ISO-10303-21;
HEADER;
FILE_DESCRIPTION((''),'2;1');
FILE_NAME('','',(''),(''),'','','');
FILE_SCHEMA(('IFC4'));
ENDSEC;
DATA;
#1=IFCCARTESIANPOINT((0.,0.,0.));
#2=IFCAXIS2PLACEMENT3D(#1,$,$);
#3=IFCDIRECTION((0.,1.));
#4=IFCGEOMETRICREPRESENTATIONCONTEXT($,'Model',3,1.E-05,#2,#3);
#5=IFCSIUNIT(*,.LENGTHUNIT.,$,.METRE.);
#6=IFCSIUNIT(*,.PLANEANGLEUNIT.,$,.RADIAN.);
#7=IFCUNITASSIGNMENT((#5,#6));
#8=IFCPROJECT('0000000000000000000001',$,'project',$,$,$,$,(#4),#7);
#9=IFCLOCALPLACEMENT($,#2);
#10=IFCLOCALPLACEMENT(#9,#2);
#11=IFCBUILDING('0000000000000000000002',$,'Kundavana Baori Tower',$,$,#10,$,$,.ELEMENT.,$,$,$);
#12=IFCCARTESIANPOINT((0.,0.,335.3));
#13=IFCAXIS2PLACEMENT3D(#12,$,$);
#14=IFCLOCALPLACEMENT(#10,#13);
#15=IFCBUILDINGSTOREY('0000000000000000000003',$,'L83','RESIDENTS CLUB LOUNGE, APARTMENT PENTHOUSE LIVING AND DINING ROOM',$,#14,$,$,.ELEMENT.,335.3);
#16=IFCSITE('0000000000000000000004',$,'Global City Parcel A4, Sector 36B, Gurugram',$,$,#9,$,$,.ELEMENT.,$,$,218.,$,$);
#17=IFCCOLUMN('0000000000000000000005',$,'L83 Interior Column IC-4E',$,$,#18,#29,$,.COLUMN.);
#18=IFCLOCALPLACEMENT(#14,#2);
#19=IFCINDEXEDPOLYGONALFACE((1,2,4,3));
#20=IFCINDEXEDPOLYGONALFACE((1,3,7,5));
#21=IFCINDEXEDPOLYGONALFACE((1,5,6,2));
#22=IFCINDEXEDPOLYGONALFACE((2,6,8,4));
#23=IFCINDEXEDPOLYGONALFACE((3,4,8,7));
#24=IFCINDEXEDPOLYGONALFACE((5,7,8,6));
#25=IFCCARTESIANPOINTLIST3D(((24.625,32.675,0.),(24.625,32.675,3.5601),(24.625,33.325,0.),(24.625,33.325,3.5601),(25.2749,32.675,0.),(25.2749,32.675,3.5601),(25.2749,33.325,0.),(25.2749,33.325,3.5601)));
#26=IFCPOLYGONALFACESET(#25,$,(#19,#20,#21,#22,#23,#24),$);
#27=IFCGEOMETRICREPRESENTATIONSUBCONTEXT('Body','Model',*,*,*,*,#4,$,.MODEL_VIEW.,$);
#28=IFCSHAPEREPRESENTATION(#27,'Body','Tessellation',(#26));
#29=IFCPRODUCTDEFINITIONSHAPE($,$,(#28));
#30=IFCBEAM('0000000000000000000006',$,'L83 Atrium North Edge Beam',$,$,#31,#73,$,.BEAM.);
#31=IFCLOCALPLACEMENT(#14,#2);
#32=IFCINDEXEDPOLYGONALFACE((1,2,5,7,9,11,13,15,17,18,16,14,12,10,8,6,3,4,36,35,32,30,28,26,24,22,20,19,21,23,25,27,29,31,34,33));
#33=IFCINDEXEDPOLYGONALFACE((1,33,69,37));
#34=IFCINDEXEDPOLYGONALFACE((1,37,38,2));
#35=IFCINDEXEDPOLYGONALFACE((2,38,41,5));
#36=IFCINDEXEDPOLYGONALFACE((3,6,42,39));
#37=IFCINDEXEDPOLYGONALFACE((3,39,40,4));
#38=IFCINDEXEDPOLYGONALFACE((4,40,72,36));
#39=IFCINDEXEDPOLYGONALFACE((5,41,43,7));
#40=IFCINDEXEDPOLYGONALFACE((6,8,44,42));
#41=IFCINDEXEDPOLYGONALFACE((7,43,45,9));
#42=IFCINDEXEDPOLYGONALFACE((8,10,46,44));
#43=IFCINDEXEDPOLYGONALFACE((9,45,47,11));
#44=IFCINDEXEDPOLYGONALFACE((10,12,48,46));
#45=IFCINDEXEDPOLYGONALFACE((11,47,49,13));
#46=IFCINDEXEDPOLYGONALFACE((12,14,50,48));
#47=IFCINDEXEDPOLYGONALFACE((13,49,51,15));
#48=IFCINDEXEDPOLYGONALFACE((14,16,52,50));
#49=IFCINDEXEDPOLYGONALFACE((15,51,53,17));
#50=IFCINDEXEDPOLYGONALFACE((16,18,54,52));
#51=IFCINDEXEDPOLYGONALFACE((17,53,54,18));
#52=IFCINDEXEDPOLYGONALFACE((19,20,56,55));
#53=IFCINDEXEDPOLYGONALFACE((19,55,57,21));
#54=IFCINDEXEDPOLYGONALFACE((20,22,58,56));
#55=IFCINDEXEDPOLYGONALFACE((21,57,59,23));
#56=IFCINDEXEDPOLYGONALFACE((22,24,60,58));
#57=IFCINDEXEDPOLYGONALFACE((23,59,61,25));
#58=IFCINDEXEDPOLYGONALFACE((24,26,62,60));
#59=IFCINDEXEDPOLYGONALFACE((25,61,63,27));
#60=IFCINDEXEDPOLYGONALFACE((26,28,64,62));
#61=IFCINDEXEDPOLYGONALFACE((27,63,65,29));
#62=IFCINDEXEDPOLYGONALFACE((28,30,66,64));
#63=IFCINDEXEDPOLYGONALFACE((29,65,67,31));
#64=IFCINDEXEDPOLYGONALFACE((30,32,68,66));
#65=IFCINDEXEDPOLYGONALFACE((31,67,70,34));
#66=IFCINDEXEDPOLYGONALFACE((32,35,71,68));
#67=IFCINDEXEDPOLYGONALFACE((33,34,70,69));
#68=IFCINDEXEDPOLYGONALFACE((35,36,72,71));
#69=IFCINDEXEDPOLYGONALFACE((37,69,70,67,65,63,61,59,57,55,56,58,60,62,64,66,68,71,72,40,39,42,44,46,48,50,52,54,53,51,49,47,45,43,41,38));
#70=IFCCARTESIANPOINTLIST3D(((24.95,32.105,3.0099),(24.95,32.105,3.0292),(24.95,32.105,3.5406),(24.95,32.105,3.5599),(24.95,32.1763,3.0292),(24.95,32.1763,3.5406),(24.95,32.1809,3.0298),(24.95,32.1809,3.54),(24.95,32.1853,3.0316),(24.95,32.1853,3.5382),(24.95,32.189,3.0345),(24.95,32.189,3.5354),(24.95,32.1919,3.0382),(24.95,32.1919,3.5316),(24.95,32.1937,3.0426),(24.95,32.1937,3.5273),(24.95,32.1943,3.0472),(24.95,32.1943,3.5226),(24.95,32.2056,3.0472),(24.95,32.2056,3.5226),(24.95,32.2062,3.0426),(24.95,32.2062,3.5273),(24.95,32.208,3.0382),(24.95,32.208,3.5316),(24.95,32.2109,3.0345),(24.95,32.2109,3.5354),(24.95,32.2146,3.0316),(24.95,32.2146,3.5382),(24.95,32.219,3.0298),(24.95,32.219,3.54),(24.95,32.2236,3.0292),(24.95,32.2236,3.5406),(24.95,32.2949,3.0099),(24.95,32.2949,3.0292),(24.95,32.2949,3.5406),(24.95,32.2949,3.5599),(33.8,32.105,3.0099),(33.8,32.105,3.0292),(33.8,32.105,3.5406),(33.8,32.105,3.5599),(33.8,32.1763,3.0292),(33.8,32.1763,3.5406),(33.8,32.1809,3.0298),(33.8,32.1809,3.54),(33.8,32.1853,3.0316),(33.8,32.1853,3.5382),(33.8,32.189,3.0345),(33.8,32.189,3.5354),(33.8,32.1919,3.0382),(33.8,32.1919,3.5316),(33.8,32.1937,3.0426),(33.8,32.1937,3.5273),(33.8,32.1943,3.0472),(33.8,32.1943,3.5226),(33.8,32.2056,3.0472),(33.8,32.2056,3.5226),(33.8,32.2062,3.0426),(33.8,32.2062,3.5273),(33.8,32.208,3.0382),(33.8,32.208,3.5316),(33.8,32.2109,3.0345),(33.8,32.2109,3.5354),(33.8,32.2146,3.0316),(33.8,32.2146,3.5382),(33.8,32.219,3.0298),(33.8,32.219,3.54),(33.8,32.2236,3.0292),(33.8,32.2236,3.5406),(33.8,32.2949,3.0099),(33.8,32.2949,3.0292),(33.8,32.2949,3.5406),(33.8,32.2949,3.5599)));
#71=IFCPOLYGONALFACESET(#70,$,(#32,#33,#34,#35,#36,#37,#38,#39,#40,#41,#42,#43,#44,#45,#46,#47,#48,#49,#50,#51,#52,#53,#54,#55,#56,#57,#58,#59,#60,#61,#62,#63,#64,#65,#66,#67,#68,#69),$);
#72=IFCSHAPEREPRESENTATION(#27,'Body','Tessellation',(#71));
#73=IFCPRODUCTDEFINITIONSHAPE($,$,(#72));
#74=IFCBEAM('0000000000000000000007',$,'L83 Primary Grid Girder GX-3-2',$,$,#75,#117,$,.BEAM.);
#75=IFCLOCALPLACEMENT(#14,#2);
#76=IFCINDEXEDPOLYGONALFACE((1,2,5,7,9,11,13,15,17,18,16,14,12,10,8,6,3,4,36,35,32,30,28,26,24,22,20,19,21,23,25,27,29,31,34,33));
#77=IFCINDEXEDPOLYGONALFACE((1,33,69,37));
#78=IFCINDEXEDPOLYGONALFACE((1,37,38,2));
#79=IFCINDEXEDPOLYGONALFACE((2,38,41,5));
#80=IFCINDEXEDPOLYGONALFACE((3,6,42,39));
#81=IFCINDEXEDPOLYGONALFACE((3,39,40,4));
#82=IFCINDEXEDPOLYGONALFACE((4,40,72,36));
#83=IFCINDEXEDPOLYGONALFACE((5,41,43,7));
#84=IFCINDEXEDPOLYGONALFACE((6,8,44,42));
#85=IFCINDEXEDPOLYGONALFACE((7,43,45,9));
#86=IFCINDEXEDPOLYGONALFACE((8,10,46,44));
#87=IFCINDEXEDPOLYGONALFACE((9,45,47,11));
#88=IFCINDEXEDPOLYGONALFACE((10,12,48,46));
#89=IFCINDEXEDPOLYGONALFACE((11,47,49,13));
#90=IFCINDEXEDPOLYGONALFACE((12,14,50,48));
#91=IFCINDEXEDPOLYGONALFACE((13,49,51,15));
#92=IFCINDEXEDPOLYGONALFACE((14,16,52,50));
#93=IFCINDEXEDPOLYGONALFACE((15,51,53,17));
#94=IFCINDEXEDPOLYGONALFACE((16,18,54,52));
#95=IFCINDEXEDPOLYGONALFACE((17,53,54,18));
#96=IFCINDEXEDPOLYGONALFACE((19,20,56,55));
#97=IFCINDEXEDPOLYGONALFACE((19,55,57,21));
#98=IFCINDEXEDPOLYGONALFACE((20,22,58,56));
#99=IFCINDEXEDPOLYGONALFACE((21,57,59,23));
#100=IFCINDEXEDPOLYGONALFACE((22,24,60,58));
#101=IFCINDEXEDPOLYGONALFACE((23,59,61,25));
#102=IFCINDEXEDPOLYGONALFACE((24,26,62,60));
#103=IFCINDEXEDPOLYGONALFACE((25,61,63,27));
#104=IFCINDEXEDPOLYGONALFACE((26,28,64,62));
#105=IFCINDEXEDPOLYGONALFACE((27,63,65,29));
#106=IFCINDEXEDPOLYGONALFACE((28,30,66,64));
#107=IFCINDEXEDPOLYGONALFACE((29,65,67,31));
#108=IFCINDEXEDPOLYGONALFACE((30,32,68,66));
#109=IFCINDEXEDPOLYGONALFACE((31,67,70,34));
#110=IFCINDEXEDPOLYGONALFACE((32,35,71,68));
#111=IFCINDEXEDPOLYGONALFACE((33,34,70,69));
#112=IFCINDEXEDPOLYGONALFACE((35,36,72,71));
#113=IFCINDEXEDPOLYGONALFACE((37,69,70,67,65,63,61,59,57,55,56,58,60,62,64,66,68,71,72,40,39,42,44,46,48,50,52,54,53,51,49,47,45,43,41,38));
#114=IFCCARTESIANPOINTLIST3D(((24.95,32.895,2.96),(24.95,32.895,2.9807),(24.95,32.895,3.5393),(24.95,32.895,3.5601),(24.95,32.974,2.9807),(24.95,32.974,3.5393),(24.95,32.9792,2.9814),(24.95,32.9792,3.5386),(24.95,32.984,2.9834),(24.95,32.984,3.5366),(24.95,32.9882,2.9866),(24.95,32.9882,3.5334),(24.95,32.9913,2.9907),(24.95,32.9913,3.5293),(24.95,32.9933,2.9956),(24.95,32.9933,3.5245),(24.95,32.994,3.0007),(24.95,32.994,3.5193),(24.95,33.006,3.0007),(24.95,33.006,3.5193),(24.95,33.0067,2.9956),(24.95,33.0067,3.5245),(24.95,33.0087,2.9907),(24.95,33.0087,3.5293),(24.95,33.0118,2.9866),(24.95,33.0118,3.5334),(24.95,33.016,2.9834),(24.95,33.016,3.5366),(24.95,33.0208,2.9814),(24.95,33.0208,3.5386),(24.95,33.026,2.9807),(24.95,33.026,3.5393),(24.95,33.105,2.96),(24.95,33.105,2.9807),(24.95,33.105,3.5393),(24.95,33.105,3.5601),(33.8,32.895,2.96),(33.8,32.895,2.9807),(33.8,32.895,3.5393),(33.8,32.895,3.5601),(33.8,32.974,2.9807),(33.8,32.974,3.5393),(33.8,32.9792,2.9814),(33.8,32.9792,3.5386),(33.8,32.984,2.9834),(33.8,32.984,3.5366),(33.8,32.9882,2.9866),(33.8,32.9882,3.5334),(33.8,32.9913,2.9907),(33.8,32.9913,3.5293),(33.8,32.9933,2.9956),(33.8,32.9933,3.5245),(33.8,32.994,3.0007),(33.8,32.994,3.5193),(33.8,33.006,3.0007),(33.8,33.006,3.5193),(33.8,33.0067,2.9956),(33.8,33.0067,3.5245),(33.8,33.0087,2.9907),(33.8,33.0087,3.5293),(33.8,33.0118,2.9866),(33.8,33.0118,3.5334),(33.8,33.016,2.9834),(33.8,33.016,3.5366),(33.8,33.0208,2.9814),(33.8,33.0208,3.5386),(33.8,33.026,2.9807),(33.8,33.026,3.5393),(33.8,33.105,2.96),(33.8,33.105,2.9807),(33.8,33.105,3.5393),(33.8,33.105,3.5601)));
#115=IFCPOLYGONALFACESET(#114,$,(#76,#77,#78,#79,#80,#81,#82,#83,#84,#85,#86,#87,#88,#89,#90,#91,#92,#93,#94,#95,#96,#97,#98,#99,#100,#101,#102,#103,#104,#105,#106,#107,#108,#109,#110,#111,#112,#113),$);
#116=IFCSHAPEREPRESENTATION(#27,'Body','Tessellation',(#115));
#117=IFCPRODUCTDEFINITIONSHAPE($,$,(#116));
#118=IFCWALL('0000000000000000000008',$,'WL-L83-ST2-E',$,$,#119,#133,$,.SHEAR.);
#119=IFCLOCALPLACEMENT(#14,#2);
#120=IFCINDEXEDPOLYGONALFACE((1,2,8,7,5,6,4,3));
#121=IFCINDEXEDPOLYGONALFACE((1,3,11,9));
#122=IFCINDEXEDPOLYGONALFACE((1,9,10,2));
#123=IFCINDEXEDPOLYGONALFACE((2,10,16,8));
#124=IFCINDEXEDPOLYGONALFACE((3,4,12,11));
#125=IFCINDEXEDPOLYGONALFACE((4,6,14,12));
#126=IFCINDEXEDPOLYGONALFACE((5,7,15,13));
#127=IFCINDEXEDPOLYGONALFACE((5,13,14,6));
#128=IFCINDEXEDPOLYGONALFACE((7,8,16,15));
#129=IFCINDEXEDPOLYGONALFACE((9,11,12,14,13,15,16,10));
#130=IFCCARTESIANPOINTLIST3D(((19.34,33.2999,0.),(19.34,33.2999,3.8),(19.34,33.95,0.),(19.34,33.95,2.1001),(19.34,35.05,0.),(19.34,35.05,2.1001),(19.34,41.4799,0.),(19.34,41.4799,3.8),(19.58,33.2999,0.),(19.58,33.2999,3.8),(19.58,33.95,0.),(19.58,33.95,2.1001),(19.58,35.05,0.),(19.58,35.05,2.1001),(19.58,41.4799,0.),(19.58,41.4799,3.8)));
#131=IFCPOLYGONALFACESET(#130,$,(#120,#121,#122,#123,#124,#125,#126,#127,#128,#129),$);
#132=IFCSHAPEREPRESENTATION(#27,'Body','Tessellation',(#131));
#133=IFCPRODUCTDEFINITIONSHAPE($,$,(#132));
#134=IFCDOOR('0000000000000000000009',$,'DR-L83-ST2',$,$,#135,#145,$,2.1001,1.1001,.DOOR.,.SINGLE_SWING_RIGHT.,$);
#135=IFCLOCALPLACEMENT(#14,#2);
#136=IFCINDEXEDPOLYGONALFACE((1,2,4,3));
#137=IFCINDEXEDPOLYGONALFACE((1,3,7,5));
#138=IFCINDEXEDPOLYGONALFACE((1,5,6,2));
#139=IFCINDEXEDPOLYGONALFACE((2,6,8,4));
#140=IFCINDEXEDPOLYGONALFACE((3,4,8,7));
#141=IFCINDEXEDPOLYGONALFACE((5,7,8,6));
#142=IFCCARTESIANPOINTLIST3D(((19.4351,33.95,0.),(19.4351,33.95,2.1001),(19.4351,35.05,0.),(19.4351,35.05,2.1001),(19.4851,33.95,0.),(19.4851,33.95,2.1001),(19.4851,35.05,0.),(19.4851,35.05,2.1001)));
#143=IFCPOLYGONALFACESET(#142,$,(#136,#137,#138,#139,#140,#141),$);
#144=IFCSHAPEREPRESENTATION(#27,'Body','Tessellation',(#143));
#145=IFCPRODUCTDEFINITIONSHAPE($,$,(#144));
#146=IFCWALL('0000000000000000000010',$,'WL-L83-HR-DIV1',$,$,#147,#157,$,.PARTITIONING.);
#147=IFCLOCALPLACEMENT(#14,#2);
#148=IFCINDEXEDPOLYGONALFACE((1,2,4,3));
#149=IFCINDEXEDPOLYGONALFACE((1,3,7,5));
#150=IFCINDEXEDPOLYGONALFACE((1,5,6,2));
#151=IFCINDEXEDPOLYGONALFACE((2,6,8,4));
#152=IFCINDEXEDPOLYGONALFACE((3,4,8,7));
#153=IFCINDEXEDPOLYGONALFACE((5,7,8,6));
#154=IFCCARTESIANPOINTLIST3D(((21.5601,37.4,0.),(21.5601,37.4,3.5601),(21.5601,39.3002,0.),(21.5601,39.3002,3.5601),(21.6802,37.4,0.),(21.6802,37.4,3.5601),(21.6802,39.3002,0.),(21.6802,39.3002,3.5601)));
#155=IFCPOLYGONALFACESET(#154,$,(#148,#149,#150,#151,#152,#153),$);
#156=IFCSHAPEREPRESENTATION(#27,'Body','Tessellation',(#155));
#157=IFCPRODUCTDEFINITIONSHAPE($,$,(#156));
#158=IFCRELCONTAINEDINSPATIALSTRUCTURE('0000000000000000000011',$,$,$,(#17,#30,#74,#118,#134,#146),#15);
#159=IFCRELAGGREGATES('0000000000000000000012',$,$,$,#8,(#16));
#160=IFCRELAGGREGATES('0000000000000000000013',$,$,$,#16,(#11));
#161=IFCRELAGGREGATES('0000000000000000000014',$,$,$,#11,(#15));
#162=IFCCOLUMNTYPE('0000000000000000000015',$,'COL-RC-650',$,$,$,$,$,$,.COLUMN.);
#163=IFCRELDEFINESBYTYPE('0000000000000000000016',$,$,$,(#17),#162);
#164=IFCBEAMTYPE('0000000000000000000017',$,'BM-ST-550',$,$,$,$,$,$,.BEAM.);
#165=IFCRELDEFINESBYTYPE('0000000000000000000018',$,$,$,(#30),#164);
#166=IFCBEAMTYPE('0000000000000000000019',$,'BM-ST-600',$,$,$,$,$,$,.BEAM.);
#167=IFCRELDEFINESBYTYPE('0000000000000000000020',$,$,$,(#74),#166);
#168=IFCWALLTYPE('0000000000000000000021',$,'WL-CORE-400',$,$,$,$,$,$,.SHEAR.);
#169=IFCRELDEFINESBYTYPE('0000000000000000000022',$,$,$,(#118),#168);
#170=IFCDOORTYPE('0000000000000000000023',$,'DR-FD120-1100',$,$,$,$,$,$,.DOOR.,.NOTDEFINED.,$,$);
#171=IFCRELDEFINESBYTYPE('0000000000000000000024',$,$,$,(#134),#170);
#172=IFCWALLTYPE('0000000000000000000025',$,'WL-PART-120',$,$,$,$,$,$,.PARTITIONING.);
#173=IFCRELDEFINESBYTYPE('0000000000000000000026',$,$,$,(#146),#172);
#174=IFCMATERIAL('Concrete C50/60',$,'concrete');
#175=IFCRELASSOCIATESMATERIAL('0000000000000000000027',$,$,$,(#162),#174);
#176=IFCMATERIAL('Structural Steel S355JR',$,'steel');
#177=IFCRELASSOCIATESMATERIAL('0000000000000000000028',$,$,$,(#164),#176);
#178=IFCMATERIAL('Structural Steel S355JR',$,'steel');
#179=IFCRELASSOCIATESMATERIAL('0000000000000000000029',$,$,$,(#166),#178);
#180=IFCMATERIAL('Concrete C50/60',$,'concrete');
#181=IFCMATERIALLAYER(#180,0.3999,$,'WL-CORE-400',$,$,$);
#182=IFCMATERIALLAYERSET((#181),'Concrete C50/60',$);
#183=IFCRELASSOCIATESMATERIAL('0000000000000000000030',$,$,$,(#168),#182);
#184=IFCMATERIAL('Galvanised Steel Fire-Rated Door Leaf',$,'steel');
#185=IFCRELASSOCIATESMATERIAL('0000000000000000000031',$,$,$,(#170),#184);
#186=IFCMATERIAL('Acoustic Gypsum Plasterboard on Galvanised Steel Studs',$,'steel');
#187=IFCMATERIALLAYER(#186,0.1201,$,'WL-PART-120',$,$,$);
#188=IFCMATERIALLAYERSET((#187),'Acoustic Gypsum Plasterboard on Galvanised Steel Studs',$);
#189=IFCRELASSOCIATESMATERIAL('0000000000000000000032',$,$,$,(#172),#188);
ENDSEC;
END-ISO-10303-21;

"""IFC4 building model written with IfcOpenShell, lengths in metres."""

from ifc_helpers import new_model, si_unit, direction, frame, frame_2d, origin, origin_2d, place, context, subcontext, project, spatial, rectangle, i_section, extrude, material, layer, layer_set, material_profile, profile_set, type_object, element, fill, save


model = new_model("IFC4")

# Units and contexts
model_context = context("Model", 3, precision=1e-05, world=origin(), true_north=direction((0.0, 1.0)))
body_context = subcontext(model_context, "Body", "Model", "MODEL_VIEW")
ifc_project = project(units=[si_unit("LENGTHUNIT", "METRE"), si_unit("PLANEANGLEUNIT", "RADIAN")], contexts=[model_context])

# Site, building, storey
site_placement = place(None, origin())
site = spatial("IfcSite", under=ifc_project, at=site_placement, Name="Global City Parcel A4, Sector 36B, Gurugram", CompositionType="ELEMENT", RefElevation=218.0)
building_placement = place(site_placement, origin())
building = spatial("IfcBuilding", under=site, at=building_placement, Name="Kundavana Baori Tower", CompositionType="ELEMENT")
storey_placement = place(building_placement, frame((0.0, 0.0, 335.3)))
storey = spatial("IfcBuildingStorey", under=building, at=storey_placement, Name="L83", Description="RESIDENTS CLUB LOUNGE, APARTMENT PENTHOUSE LIVING AND DINING ROOM", CompositionType="ELEMENT", Elevation=335.3)

# Column
ifc_material_1 = material(Name="Concrete C50/60", Category="concrete")
ifc_material_profile_1 = material_profile(ifc_material_1, rectangle(XDim=0.6499, YDim=0.6499, at=origin_2d()), Name="RC 650x650")
ifc_profile_set_1 = profile_set([ifc_material_profile_1], Name="Concrete C50/60")
column_type = type_object("IfcColumnType", Name="COL-RC-650", PredefinedType="COLUMN", material=ifc_profile_set_1)
column_placement = place(storey_placement, frame((24.95, 33.0, 0.0), z_axis=(0.0, 0.0, 1.0), x_axis=(1.0, 0.0, 0.0)))
element("IfcColumn", 1, at=column_placement, inside=storey, type_object=column_type, Name="L83 Interior Column IC-4E", PredefinedType="COLUMN", context=body_context, shape_type="SweptSolid", body=[
    extrude(rectangle(XDim=0.6499, YDim=0.6499, at=origin_2d()), origin(), (0.0, 0.0, 1.0), 3.5601),
])

# Beams
ifc_material_2 = material(Name="Structural Steel S355JR", Category="steel")
ifc_material_profile_2 = material_profile(ifc_material_2, i_section(OverallWidth=0.1899, OverallDepth=0.55, WebThickness=0.0112, FlangeThickness=0.0193, FilletRadius=0.0181, at=origin_2d()), Name="ISMB 550")
ifc_profile_set_2 = profile_set([ifc_material_profile_2], Name="Structural Steel S355JR")
beam_type_1 = type_object("IfcBeamType", Name="BM-ST-550", PredefinedType="BEAM", material=ifc_profile_set_2)
beam_1_placement = place(storey_placement, frame((24.95, 32.2, 3.2849), z_axis=(1.0, 0.0, 0.0), x_axis=(0.0, 1.0, 0.0)))
element("IfcBeam", 2, at=beam_1_placement, inside=storey, type_object=beam_type_1, Name="L83 Atrium North Edge Beam", PredefinedType="BEAM", context=body_context, shape_type="SweptSolid", body=[
    extrude(i_section(OverallWidth=0.1899, OverallDepth=0.55, WebThickness=0.0112, FlangeThickness=0.0193, FilletRadius=0.0181, at=origin_2d()), origin(), (0.0, 0.0, 1.0), 8.8501),
])
ifc_material_3 = material(Name="Structural Steel S355JR", Category="steel")
ifc_material_profile_3 = material_profile(ifc_material_3, i_section(OverallWidth=0.21, OverallDepth=0.6001, WebThickness=0.012, FlangeThickness=0.0208, FilletRadius=0.02, at=origin_2d()), Name="ISMB 600")
ifc_profile_set_3 = profile_set([ifc_material_profile_3], Name="Structural Steel S355JR")
beam_type_2 = type_object("IfcBeamType", Name="BM-ST-600", PredefinedType="BEAM", material=ifc_profile_set_3)
beam_2_placement = place(storey_placement, frame((24.95, 33.0, 3.26), z_axis=(1.0, 0.0, 0.0), x_axis=(0.0, 1.0, 0.0)))
element("IfcBeam", 3, at=beam_2_placement, inside=storey, type_object=beam_type_2, Name="L83 Primary Grid Girder GX-3-2", PredefinedType="BEAM", context=body_context, shape_type="SweptSolid", body=[
    extrude(i_section(OverallWidth=0.21, OverallDepth=0.6001, WebThickness=0.012, FlangeThickness=0.0208, FilletRadius=0.02, at=origin_2d()), origin(), (0.0, 0.0, 1.0), 8.8501),
])

# Wall, opening, door
ifc_material_4 = material(Name="Concrete C50/60", Category="concrete")
ifc_layer_1 = layer(ifc_material_4, 0.3999, Name="WL-CORE-400")
ifc_layer_set_1 = layer_set([ifc_layer_1], Name="Concrete C50/60")
wall_type_1 = type_object("IfcWallType", Name="WL-CORE-400", PredefinedType="SHEAR", material=ifc_layer_set_1)
wall_1_placement = place(storey_placement, frame((19.46, 33.3, 0.0), z_axis=(0.0, 0.0, 1.0), x_axis=(0.0, 1.0, 0.0)))
wall_1 = element("IfcWall", 4, at=wall_1_placement, inside=storey, type_object=wall_type_1, Name="WL-L83-ST2-E", PredefinedType="SHEAR", context=body_context, shape_type="SweptSolid", body=[
    extrude(rectangle(XDim=8.1799, YDim=0.24, at=frame_2d((4.0898, 0.0))), origin(), (0.0, 0.0, 1.0), 3.8),
])
opening_1_placement = place(wall_1_placement, frame((0.6499, 0.0, 0.0)))
opening_1 = element("IfcOpeningElement", 5, at=opening_1_placement, cuts=wall_1, PredefinedType="OPENING", context=body_context, shape_type="SweptSolid", body=[
    extrude(rectangle(XDim=1.1001, YDim=2.1001, at=frame_2d((0.55, 1.05))), frame((0.0, 0.1299, 0.0), z_axis=(0.0, -1.0, 0.0), x_axis=(1.0, 0.0, 0.0)), (0.0, 0.0, 1.0), 0.26),
])
ifc_material_5 = material(Name="Galvanised Steel Fire-Rated Door Leaf", Category="steel")
door_type_1 = type_object("IfcDoorType", Name="DR-FD120-1100", OperationType="NOTDEFINED", PredefinedType="DOOR", material=ifc_material_5)
door_1_placement = place(opening_1_placement, origin())
door_1 = element("IfcDoor", 6, at=door_1_placement, inside=storey, type_object=door_type_1, Name="DR-L83-ST2", OperationType="SINGLE_SWING_RIGHT", OverallHeight=2.1001, OverallWidth=1.1001, PredefinedType="DOOR", context=body_context, shape_type="SweptSolid", body=[
    extrude(rectangle(XDim=1.1001, YDim=2.1001, at=frame_2d((0.55, 1.05))), frame((0.0, 0.0249, 0.0), z_axis=(0.0, -1.0, 0.0), x_axis=(1.0, 0.0, 0.0)), (0.0, 0.0, 1.0), 0.05),
])
fill(opening_1, door_1)

# Wall
ifc_material_6 = material(Name="Acoustic Gypsum Plasterboard on Galvanised Steel Studs", Category="steel")
ifc_layer_2 = layer(ifc_material_6, 0.1201, Name="WL-PART-120")
ifc_layer_set_2 = layer_set([ifc_layer_2], Name="Acoustic Gypsum Plasterboard on Galvanised Steel Studs")
wall_type_2 = type_object("IfcWallType", Name="WL-PART-120", PredefinedType="PARTITIONING", material=ifc_layer_set_2)
wall_2_placement = place(storey_placement, frame((21.6201, 37.3999, 0.0), z_axis=(0.0, 0.0, 1.0), x_axis=(0.0, 1.0, 0.0)))
element("IfcWall", 7, at=wall_2_placement, inside=storey, type_object=wall_type_2, Name="WL-L83-HR-DIV1", PredefinedType="PARTITIONING", context=body_context, shape_type="SweptSolid", body=[
    extrude(rectangle(XDim=1.9001, YDim=0.1201, at=frame_2d((0.9502, 0.0))), origin(), (0.0, 0.0, 1.0), 3.5601),
])

save(model, "model.ifc")
